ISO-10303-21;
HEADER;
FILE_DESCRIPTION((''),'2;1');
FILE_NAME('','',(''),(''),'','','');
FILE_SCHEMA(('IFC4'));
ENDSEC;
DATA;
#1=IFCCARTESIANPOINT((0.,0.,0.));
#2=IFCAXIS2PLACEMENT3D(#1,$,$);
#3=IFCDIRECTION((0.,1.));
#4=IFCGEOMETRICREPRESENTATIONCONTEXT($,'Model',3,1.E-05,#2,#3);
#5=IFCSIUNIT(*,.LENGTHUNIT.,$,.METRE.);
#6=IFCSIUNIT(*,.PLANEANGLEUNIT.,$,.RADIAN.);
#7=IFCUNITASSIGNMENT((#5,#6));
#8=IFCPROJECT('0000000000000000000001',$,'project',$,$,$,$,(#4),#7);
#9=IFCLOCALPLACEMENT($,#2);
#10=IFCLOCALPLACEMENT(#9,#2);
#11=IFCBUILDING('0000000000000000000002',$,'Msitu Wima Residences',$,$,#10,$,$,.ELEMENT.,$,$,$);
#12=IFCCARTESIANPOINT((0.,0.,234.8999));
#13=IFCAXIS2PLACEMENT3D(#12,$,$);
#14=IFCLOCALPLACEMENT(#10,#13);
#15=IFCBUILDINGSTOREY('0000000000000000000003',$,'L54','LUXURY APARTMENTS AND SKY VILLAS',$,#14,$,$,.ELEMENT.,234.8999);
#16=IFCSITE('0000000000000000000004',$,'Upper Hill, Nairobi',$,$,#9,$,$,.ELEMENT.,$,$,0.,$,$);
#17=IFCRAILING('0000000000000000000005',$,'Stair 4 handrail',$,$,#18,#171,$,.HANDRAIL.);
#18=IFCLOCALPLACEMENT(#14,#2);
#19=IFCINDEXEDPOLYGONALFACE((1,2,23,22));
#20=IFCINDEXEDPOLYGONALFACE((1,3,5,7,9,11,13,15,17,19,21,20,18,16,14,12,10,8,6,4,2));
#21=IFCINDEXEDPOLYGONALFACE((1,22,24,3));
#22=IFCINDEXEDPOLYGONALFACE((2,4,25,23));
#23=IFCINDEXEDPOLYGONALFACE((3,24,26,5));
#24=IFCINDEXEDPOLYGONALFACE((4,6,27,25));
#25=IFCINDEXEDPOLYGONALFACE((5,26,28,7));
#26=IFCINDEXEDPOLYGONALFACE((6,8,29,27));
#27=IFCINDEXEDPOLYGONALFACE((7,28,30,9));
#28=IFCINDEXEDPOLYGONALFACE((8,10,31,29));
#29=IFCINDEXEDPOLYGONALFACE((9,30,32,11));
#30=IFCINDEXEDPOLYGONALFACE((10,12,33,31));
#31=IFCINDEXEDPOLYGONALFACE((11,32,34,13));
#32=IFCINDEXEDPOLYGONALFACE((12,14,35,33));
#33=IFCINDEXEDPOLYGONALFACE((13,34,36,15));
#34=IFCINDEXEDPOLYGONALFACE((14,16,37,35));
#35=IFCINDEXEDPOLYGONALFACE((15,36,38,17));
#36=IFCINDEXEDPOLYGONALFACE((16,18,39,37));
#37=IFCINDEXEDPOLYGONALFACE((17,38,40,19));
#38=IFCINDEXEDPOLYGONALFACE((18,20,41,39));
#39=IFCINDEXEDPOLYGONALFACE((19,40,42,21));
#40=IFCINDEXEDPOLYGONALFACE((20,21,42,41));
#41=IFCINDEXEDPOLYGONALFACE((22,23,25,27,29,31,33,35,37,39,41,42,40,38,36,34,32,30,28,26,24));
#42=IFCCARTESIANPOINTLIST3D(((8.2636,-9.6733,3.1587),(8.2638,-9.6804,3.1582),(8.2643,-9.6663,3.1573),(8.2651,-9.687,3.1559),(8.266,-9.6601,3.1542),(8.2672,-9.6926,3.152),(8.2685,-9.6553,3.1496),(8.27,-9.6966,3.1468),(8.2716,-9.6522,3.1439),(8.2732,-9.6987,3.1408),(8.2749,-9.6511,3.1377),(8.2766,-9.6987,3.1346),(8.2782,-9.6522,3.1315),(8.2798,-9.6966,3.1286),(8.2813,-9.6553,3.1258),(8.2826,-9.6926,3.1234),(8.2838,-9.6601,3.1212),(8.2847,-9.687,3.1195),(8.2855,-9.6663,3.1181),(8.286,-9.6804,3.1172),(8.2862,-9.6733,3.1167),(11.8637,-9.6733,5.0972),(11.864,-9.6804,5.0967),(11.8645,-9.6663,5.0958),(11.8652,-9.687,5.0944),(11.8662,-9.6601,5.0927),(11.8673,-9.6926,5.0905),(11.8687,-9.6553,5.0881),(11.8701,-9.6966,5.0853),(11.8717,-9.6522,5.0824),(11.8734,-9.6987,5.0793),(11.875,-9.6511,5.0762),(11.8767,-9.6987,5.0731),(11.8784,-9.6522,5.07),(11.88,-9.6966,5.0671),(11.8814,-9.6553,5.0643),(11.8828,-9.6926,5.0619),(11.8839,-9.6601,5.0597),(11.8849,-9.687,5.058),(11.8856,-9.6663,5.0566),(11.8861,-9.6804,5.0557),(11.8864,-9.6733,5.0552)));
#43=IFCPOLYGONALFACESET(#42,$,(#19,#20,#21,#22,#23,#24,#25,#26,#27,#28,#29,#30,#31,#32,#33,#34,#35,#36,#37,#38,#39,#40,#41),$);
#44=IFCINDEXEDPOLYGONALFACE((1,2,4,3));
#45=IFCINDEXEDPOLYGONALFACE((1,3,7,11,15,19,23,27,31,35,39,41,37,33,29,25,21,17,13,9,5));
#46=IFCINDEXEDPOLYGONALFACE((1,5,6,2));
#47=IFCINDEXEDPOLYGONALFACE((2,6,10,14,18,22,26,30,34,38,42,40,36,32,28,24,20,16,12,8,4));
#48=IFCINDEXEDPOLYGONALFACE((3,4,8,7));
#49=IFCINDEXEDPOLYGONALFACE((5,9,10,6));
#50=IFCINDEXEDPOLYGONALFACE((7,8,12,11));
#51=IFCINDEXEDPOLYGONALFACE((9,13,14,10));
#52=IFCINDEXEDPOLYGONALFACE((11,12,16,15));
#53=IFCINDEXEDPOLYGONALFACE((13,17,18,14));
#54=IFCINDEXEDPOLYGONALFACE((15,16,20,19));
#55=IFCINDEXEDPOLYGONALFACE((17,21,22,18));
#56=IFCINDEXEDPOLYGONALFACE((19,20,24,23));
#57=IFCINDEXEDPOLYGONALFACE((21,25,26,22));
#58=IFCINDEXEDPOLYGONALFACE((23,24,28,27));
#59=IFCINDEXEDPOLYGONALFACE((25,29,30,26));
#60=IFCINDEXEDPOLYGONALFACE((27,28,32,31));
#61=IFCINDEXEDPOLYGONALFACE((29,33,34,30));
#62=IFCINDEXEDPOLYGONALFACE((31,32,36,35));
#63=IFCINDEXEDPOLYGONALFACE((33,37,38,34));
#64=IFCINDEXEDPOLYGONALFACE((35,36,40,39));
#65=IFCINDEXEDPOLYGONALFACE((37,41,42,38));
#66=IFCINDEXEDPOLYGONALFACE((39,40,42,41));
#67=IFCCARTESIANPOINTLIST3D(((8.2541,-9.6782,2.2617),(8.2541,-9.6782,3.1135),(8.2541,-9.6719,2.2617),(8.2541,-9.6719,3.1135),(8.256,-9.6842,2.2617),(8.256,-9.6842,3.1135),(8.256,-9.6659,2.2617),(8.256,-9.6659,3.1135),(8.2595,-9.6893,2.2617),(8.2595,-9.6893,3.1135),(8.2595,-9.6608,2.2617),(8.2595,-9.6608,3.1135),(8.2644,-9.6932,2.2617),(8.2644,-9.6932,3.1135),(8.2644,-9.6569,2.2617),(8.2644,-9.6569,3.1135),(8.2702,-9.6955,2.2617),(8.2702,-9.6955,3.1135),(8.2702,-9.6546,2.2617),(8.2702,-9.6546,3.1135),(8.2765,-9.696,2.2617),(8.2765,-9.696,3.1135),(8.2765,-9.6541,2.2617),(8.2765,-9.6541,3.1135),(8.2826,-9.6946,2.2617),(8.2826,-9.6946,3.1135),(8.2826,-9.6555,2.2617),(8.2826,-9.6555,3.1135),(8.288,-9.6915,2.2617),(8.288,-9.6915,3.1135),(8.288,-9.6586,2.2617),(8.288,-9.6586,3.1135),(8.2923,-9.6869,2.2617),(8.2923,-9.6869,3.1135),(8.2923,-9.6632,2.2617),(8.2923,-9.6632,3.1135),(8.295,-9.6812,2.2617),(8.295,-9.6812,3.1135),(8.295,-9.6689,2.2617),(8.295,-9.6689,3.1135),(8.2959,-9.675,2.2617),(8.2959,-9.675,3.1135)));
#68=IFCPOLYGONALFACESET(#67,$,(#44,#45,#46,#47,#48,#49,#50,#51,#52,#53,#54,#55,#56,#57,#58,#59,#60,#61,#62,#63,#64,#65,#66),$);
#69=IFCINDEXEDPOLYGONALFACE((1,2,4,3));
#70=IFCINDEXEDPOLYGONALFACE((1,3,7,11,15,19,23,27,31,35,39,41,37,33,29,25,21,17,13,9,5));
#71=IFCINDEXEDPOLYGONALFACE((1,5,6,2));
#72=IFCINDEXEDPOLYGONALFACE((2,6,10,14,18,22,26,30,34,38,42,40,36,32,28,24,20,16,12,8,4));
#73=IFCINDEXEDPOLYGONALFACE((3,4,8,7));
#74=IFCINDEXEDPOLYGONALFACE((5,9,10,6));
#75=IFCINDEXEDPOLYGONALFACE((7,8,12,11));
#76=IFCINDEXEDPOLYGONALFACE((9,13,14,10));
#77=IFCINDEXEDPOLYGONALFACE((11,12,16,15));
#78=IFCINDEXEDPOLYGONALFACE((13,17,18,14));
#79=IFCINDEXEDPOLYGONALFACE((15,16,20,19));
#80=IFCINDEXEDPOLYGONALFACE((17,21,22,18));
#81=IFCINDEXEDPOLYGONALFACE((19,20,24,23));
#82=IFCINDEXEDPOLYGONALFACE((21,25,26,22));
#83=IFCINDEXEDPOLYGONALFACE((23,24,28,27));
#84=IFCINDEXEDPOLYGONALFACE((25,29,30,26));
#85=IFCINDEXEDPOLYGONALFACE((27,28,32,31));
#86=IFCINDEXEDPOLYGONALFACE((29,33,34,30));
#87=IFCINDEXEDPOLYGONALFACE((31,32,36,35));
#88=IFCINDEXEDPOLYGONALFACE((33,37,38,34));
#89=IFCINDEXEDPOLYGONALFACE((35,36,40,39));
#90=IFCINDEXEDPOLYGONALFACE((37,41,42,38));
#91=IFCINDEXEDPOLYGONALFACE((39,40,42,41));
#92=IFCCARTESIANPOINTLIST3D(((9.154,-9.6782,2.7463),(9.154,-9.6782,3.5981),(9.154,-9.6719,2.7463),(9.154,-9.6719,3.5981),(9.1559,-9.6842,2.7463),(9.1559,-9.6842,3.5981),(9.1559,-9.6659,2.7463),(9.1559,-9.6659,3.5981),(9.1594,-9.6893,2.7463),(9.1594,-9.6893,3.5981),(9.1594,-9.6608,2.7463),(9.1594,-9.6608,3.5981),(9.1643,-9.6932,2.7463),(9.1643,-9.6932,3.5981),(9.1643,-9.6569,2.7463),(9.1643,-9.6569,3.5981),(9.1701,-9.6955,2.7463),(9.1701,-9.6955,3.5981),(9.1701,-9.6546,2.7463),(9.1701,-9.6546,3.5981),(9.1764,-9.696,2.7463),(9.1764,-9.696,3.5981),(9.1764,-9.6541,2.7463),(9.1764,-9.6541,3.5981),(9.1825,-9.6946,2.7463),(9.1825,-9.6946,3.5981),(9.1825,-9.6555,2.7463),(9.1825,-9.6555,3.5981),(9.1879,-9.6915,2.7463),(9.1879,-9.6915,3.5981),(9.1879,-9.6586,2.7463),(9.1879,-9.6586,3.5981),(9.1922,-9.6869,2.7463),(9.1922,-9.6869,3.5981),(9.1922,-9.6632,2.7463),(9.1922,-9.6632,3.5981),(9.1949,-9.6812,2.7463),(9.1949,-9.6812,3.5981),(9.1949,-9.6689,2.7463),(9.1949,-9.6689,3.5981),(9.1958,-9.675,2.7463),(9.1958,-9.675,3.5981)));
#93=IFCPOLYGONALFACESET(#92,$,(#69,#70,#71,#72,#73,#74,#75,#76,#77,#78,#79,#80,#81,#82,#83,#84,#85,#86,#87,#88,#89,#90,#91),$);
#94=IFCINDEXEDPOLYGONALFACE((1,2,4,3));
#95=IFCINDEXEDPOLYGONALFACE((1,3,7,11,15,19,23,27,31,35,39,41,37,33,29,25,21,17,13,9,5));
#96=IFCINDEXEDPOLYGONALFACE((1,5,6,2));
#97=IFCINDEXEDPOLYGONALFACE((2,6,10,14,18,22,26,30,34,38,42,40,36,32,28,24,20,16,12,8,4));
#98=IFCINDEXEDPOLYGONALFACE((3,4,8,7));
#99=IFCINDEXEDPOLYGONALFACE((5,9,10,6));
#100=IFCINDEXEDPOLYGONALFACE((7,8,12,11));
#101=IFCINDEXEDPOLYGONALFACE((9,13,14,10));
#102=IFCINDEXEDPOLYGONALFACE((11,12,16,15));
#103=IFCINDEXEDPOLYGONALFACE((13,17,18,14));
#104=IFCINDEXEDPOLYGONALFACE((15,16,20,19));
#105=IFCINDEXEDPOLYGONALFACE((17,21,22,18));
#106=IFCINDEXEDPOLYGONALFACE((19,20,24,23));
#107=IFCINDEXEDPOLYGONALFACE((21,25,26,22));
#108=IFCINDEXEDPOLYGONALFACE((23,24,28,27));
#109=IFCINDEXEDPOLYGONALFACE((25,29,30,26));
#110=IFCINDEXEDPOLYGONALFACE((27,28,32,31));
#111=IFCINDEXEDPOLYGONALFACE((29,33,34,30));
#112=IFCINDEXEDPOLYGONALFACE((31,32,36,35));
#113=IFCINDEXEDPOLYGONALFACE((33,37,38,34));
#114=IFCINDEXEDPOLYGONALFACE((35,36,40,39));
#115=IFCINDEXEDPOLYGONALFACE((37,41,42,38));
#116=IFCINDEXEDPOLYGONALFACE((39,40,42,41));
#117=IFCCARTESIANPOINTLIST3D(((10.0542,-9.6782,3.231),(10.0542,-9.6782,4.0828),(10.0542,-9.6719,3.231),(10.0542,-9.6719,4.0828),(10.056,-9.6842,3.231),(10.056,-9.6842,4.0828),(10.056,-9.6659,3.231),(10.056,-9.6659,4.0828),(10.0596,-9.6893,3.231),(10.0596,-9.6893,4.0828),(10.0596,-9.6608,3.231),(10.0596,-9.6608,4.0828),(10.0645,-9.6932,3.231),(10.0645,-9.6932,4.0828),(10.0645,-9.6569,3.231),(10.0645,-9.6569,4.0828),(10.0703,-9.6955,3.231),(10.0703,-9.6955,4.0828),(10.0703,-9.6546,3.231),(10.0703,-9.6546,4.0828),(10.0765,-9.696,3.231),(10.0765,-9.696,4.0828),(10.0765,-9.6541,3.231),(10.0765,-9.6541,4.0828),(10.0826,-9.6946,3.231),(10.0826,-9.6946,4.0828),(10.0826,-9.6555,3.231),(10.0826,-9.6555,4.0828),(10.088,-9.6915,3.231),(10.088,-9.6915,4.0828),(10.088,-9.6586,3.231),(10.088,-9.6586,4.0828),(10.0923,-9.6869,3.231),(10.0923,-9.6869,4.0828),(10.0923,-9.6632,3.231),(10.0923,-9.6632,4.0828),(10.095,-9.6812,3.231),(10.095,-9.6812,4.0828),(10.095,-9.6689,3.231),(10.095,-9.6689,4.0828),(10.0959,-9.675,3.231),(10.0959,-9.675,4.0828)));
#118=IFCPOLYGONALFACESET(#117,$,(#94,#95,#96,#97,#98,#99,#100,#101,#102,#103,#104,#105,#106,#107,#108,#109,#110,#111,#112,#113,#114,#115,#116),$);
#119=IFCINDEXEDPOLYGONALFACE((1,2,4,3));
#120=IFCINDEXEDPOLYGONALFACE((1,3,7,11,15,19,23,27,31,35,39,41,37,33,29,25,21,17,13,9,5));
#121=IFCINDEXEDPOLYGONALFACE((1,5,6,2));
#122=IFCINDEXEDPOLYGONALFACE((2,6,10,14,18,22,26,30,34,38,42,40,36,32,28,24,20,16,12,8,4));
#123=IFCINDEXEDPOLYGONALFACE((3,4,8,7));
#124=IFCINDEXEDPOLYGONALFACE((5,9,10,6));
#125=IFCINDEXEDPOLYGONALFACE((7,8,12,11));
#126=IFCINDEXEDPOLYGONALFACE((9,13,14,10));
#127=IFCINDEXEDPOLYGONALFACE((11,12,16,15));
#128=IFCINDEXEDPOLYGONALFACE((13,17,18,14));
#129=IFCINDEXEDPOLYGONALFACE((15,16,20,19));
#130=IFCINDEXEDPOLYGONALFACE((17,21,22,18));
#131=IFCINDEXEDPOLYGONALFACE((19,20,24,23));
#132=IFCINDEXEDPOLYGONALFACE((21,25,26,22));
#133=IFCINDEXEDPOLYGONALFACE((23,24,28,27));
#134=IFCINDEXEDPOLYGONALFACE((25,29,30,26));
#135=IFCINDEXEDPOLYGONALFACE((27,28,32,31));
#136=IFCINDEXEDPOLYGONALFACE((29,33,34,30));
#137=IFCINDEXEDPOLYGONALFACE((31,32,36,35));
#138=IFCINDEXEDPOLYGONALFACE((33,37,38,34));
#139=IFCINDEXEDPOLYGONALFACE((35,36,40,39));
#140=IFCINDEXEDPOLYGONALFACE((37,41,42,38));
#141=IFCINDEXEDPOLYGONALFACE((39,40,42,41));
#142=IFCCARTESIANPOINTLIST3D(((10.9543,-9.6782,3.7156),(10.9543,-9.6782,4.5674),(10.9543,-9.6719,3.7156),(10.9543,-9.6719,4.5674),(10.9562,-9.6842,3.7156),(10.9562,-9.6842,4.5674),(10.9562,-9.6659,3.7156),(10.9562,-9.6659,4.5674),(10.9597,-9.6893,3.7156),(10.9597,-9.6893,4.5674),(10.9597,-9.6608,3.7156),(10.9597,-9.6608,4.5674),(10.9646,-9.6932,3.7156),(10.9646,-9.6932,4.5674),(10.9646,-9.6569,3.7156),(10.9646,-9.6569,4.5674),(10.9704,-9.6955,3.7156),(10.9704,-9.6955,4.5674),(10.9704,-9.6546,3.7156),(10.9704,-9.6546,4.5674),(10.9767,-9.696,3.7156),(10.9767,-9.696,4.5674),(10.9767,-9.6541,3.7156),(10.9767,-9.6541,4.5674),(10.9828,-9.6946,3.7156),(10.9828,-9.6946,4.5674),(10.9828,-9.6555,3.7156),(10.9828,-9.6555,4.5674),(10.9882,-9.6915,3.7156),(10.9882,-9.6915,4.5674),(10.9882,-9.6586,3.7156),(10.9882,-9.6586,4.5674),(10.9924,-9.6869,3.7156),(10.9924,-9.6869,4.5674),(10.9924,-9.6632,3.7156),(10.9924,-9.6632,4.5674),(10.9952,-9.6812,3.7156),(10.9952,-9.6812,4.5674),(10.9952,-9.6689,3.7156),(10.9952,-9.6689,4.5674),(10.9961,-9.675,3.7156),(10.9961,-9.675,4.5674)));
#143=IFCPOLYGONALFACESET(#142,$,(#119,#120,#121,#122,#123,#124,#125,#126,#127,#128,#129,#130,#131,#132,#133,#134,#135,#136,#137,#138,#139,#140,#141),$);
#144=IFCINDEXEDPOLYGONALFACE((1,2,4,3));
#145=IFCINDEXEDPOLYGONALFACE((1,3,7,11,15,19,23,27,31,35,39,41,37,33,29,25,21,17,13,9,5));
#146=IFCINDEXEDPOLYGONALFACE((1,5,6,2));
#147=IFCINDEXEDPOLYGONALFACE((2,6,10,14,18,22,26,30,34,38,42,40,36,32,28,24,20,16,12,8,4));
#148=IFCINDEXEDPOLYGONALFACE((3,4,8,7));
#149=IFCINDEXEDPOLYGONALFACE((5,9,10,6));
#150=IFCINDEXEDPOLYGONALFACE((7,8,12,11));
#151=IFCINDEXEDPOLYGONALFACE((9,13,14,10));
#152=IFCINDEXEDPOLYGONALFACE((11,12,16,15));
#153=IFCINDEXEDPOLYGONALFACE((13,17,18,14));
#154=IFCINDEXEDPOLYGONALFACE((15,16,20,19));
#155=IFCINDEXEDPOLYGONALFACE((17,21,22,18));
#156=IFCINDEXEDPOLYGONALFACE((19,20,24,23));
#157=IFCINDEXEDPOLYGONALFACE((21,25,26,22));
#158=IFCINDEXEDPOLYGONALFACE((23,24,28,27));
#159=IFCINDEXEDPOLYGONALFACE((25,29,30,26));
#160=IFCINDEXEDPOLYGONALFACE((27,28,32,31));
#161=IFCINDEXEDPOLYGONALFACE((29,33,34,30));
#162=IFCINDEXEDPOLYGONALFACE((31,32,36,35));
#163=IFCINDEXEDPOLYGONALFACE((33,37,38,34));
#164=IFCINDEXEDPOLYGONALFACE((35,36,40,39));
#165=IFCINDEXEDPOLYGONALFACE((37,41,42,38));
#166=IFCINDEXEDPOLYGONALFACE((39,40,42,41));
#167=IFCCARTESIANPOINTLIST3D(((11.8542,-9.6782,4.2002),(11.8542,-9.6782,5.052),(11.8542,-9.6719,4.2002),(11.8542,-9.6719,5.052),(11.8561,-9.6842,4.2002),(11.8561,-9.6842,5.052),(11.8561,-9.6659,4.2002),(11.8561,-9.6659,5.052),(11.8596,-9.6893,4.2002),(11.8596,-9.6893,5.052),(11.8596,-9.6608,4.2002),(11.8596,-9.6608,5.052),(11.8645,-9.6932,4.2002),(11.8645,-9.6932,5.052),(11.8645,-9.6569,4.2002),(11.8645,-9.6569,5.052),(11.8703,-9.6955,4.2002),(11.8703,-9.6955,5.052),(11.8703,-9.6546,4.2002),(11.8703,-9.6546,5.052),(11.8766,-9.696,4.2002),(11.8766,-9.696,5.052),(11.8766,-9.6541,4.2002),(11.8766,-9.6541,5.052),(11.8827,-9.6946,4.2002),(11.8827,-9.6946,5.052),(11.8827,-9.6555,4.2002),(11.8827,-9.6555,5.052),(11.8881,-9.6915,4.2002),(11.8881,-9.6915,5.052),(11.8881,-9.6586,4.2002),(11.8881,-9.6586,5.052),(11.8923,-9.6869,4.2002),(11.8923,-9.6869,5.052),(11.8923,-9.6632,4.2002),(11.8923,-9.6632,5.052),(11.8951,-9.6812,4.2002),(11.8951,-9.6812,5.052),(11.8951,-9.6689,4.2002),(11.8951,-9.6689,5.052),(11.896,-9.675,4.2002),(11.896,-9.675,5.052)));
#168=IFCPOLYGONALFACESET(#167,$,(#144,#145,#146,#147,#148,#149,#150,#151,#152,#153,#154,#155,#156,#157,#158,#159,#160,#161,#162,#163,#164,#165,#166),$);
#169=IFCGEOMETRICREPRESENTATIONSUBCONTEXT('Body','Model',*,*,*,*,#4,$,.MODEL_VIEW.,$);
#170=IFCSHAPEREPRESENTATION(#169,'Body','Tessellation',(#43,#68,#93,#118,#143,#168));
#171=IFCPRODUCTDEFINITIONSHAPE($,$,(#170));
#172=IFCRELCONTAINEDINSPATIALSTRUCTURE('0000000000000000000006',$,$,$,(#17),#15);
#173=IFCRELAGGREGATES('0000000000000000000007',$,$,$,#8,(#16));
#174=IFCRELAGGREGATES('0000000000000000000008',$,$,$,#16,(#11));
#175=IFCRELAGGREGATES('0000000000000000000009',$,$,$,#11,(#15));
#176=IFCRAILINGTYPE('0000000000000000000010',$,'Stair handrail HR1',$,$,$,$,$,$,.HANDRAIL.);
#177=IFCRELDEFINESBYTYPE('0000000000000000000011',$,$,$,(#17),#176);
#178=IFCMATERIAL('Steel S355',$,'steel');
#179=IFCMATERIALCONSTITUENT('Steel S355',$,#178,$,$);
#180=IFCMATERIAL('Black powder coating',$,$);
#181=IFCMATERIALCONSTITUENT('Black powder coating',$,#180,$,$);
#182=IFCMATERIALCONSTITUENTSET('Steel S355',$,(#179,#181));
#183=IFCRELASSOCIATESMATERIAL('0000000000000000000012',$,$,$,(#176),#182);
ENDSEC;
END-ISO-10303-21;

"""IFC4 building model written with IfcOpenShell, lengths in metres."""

from ifc_helpers import new_model, si_unit, direction, frame, origin, origin_2d, place, context, subcontext, project, spatial, circle, extrude, material, constituent, constituent_set, type_object, element, save


model = new_model("IFC4")

# Units and contexts
model_context = context("Model", 3, precision=1e-05, world=origin(), true_north=direction((0.0, 1.0)))
body_context = subcontext(model_context, "Body", "Model", "MODEL_VIEW")
ifc_project = project(units=[si_unit("LENGTHUNIT", "METRE"), si_unit("PLANEANGLEUNIT", "RADIAN")], contexts=[model_context])

# Site, building, storey
site_placement = place(None, origin())
site = spatial("IfcSite", under=ifc_project, at=site_placement, Name="Upper Hill, Nairobi", CompositionType="ELEMENT", RefElevation=0.0)
building_placement = place(site_placement, origin())
building = spatial("IfcBuilding", under=site, at=building_placement, Name="Msitu Wima Residences", CompositionType="ELEMENT")
storey_placement = place(building_placement, frame((0.0, 0.0, 234.8999)))
storey = spatial("IfcBuildingStorey", under=building, at=storey_placement, Name="L54", Description="LUXURY APARTMENTS AND SKY VILLAS", CompositionType="ELEMENT", Elevation=234.8999)

# Railing
ifc_material_1 = material(Name="Steel S355", Category="steel")
ifc_constituent_1 = constituent(ifc_material_1, Name="Steel S355")
ifc_material_2 = material(Name="Black powder coating")
ifc_constituent_2 = constituent(ifc_material_2, Name="Black powder coating")
ifc_constituent_set = constituent_set(constituents=[ifc_constituent_1, ifc_constituent_2], Name="Steel S355")
railing_type = type_object("IfcRailingType", Name="Stair handrail HR1", PredefinedType="HANDRAIL", material=ifc_constituent_set)
for number, where, name in (
    (1, (8.2749, -9.675, 2.2617), "Stair 4 handrail"),
):
    element("IfcRailing", number, at=place(storey_placement, frame(where)), inside=storey, type_object=railing_type, Name=name, PredefinedType="HANDRAIL", context=body_context, shape_type="SweptSolid", body=[
        extrude(circle(Radius=0.0239, at=origin_2d()), frame((0.0, 0.0, 0.876), z_axis=(0.880475, 0.0, 0.474093), x_axis=(0.0, 1.0, 0.0)), (0.0, 0.0, 1.0), 4.0889),
        extrude(circle(Radius=0.021, at=origin_2d()), origin(), (0.0, 0.0, 1.0), 0.8518),
        extrude(circle(Radius=0.021, at=origin_2d()), frame((0.8999, 0.0, 0.4846)), (0.0, 0.0, 1.0), 0.8518),
        extrude(circle(Radius=0.021, at=origin_2d()), frame((1.8, 0.0, 0.9692)), (0.0, 0.0, 1.0), 0.8518),
        extrude(circle(Radius=0.021, at=origin_2d()), frame((2.7002, 0.0, 1.4539)), (0.0, 0.0, 1.0), 0.8518),
        extrude(circle(Radius=0.021, at=origin_2d()), frame((3.6001, 0.0, 1.9385)), (0.0, 0.0, 1.0), 0.8518),
    ])

save(model, "model.ifc")
